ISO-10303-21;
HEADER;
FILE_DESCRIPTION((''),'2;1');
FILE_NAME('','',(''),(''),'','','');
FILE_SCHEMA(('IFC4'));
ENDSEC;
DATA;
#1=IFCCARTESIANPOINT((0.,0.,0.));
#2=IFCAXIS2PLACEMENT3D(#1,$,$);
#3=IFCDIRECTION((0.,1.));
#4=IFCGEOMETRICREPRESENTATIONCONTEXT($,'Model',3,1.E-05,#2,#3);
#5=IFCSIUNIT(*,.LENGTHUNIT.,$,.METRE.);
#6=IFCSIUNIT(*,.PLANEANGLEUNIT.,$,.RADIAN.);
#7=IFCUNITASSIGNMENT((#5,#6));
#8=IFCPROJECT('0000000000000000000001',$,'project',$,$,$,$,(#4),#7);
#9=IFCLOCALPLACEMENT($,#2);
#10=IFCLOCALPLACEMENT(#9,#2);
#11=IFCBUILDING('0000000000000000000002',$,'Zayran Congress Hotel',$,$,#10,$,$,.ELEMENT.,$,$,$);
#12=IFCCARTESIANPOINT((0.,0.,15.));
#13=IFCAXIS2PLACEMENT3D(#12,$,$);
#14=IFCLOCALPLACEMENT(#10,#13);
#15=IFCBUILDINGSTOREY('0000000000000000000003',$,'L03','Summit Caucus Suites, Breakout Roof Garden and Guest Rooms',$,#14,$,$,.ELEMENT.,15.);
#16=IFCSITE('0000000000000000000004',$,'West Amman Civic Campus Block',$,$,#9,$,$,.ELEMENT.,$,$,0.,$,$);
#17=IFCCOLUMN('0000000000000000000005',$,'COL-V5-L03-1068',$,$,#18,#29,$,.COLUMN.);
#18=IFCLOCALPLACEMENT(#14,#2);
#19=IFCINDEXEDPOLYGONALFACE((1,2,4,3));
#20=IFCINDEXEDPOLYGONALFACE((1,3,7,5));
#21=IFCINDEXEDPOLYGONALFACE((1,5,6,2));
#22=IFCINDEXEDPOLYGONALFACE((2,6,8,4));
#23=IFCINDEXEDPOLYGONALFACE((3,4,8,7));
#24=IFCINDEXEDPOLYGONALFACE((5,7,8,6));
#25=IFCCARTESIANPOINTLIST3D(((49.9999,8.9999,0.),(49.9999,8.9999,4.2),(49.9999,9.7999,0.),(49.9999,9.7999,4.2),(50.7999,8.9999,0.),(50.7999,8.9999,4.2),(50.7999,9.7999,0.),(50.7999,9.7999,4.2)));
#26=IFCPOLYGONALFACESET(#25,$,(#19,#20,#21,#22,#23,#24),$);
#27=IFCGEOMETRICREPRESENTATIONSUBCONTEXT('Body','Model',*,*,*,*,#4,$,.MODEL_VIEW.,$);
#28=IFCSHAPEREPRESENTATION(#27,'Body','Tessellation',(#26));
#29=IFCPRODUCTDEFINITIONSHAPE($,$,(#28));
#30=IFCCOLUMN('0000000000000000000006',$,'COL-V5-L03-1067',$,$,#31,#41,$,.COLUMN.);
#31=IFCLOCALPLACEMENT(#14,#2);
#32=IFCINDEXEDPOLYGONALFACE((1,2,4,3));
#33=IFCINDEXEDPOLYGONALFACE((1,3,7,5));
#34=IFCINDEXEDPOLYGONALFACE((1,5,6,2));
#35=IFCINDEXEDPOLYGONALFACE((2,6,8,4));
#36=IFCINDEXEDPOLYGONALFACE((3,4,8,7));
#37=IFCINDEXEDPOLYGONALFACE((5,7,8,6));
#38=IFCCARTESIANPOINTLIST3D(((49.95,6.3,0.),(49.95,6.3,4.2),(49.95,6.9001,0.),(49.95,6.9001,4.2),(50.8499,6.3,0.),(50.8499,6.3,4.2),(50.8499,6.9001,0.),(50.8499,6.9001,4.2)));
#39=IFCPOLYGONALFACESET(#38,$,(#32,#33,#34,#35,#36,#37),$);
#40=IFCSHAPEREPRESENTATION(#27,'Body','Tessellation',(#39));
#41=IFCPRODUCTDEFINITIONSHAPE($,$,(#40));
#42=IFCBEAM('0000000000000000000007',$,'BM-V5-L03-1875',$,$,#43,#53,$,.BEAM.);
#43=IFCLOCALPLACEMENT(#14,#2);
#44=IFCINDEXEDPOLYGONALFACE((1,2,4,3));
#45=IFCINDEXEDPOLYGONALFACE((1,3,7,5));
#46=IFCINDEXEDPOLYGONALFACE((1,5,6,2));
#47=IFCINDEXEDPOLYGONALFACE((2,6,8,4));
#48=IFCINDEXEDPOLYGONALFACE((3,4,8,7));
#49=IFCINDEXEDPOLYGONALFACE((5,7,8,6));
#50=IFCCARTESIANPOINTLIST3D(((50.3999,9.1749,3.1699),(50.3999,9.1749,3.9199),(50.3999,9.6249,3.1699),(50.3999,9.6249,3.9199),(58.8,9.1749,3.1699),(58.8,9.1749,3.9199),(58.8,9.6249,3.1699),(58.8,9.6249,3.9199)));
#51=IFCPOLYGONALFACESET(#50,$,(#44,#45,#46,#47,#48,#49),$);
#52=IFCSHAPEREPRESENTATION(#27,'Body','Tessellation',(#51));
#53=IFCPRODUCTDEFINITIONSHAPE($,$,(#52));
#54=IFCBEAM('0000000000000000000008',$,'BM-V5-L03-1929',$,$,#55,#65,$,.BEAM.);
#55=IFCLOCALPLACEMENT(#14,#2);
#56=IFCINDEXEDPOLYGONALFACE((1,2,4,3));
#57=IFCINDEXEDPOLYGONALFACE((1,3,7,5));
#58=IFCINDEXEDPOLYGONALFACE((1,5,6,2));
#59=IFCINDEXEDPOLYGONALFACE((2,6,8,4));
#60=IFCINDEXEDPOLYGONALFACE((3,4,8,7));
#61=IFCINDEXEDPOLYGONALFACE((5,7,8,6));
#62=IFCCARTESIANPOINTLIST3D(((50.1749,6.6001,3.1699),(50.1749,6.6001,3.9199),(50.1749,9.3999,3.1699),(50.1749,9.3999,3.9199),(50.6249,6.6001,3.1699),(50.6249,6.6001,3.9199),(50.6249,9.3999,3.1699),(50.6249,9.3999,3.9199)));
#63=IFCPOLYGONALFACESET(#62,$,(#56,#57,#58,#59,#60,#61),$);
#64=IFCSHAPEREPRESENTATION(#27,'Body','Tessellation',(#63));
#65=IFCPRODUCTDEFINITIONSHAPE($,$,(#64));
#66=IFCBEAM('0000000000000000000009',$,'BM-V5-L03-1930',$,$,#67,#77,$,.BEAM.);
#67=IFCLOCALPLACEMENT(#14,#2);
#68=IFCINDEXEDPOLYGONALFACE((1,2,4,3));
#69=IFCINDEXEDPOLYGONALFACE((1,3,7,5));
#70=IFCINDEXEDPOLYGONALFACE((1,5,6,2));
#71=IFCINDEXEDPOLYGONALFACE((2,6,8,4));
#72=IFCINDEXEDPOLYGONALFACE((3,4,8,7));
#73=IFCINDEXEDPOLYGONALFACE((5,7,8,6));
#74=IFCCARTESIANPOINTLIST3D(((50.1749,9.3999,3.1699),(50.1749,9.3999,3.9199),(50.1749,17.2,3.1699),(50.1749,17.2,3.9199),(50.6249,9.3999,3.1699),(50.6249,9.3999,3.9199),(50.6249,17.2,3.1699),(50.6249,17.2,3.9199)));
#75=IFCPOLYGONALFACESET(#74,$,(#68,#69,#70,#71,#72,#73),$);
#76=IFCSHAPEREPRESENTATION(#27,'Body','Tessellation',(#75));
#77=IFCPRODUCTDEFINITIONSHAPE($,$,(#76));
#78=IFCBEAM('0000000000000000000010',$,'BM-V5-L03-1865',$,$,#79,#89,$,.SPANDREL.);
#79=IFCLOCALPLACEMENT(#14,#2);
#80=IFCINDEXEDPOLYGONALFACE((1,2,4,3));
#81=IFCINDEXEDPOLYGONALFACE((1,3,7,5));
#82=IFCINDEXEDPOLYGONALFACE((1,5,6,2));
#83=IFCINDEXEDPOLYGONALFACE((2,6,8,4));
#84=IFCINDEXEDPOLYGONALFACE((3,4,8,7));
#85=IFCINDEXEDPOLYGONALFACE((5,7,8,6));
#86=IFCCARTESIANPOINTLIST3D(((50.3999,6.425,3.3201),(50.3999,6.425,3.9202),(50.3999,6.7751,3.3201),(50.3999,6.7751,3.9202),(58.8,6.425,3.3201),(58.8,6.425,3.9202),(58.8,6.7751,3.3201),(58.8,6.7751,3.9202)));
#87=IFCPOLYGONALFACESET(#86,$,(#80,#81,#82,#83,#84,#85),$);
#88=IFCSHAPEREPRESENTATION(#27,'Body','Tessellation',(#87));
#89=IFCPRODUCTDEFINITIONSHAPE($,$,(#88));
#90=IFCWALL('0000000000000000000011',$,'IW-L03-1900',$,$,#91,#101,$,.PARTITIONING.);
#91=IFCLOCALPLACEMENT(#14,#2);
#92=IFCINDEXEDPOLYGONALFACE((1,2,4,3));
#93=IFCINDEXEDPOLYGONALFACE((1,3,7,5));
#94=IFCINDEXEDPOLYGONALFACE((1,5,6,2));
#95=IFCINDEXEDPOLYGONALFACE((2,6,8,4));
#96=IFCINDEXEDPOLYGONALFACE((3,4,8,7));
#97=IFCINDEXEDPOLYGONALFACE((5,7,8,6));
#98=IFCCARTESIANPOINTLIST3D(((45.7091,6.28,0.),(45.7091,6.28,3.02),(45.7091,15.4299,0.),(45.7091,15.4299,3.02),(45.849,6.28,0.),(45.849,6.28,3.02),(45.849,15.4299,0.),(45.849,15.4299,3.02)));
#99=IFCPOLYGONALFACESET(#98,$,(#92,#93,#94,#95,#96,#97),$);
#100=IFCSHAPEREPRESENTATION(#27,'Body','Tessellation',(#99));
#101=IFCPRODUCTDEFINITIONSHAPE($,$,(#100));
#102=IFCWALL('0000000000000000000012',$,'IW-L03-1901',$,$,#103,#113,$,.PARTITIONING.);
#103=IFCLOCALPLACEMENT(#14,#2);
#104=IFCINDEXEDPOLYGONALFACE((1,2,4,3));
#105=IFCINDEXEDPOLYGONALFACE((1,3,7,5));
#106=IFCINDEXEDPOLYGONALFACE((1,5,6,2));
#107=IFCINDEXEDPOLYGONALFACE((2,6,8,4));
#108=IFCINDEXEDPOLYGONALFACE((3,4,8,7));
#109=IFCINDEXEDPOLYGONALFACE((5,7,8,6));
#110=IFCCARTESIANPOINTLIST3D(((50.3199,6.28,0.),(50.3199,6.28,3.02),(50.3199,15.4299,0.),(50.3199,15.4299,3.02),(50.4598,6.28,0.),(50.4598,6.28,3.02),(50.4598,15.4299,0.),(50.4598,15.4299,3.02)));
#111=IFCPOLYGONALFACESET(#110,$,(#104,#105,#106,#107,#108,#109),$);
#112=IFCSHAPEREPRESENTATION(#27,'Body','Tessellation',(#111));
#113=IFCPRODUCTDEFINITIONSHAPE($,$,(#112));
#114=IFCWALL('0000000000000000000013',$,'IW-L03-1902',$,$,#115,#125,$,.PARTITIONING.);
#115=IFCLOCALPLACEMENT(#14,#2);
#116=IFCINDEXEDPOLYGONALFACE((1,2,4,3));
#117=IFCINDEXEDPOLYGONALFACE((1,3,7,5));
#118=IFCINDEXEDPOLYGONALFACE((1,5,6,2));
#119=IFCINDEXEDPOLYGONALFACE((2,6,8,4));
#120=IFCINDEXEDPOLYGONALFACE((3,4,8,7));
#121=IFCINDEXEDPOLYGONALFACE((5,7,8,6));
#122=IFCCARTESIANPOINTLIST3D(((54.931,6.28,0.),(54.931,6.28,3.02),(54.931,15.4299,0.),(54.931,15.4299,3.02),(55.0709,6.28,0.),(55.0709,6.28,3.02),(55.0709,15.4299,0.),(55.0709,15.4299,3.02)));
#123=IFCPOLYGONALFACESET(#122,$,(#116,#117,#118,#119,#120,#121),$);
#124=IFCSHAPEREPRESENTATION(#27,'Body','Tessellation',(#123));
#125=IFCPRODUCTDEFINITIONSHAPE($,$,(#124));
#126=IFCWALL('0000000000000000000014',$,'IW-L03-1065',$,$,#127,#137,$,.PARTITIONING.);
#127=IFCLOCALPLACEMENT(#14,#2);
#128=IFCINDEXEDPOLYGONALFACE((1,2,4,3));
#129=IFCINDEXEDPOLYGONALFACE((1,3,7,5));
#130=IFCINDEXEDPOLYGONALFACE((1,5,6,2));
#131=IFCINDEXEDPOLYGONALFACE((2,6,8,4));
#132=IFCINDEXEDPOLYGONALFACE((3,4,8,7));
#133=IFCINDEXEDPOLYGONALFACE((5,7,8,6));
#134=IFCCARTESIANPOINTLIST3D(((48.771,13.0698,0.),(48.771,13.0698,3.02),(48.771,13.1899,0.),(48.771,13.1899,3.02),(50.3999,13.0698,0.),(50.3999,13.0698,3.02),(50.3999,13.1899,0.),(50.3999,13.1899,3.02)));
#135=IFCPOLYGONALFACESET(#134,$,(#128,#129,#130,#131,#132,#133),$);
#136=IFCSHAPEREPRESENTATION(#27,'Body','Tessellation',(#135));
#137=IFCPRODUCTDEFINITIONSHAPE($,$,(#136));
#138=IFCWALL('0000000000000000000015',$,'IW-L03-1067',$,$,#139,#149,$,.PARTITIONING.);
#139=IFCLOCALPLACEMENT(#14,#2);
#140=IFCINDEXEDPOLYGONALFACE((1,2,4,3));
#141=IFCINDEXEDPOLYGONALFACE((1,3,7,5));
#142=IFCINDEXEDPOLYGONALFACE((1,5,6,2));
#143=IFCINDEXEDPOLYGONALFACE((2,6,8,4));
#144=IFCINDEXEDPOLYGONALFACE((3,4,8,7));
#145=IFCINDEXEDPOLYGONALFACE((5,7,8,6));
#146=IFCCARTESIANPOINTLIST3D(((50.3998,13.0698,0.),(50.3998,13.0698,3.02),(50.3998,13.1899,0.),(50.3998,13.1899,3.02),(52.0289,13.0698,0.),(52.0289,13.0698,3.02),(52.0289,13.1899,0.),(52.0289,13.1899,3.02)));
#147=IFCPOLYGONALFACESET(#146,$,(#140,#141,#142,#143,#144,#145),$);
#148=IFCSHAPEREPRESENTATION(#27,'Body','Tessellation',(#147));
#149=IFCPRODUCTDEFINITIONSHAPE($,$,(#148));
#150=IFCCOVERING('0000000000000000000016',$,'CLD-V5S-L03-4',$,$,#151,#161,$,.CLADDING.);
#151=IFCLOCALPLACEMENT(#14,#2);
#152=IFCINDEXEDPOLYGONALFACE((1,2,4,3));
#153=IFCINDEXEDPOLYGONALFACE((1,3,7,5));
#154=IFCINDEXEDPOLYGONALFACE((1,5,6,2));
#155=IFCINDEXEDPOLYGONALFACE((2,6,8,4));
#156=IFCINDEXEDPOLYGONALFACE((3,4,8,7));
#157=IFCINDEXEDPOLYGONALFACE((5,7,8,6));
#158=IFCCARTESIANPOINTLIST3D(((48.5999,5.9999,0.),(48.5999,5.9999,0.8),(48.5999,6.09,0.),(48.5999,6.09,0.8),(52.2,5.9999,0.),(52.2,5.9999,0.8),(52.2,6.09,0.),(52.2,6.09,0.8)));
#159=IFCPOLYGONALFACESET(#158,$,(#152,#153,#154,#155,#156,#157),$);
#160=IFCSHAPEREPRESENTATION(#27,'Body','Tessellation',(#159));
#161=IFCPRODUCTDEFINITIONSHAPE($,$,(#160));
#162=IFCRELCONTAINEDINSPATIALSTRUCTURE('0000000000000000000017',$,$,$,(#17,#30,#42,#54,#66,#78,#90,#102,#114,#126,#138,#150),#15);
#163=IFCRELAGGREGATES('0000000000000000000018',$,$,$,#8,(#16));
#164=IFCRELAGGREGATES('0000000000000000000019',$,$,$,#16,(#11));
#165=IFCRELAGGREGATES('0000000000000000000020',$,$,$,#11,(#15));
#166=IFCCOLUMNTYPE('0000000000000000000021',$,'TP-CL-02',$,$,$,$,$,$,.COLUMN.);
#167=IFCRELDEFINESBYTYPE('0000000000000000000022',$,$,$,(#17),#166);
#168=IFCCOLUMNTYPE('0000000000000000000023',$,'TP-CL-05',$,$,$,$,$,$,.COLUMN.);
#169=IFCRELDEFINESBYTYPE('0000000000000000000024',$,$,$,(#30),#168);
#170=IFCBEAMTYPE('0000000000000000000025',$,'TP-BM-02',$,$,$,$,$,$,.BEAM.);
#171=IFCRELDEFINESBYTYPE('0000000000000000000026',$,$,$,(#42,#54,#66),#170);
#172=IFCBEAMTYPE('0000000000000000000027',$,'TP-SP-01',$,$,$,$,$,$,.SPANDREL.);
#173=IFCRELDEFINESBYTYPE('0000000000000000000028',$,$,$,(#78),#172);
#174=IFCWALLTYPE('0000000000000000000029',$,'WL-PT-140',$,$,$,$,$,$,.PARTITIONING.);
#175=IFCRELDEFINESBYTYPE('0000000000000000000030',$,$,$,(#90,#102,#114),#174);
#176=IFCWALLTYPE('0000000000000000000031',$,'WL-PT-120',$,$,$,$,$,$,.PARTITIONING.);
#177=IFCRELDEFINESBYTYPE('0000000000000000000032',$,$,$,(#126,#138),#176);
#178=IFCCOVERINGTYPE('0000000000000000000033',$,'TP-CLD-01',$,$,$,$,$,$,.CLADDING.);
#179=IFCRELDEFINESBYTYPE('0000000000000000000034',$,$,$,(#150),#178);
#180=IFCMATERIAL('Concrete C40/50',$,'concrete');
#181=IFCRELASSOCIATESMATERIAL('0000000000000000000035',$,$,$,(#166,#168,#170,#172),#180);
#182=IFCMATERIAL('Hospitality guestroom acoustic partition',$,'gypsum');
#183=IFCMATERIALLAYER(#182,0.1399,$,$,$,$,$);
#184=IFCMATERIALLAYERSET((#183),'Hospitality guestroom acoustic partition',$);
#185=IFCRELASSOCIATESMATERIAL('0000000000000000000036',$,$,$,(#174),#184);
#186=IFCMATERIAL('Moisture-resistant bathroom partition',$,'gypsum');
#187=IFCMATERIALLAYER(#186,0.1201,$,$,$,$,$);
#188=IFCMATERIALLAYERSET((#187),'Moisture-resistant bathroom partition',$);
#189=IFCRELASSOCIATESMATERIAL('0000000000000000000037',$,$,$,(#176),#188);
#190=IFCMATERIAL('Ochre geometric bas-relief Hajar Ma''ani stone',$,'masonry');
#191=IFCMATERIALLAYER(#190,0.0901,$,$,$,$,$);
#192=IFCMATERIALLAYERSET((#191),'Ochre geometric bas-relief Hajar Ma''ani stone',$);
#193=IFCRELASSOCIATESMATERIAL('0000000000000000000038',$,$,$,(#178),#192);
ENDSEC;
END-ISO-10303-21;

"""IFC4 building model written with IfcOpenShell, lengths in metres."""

from ifc_helpers import new_model, si_unit, direction, frame, frame_2d, origin, origin_2d, place, context, subcontext, project, spatial, rectangle, extrude, material, layer, layer_set, material_profile, profile_set, type_object, element, save


model = new_model("IFC4")

# Units and contexts
model_context = context("Model", 3, precision=1e-05, world=origin(), true_north=direction((0.0, 1.0)))
body_context = subcontext(model_context, "Body", "Model", "MODEL_VIEW")
ifc_project = project(units=[si_unit("LENGTHUNIT", "METRE"), si_unit("PLANEANGLEUNIT", "RADIAN")], contexts=[model_context])

# Site, building, storey
site_placement = place(None, origin())
site = spatial("IfcSite", under=ifc_project, at=site_placement, Name="West Amman Civic Campus Block", CompositionType="ELEMENT", RefElevation=0.0)
building_placement = place(site_placement, origin())
building = spatial("IfcBuilding", under=site, at=building_placement, Name="Zayran Congress Hotel", CompositionType="ELEMENT")
storey_placement = place(building_placement, frame((0.0, 0.0, 15.0)))
storey = spatial("IfcBuildingStorey", under=building, at=storey_placement, Name="L03", Description="Summit Caucus Suites, Breakout Roof Garden and Guest Rooms", CompositionType="ELEMENT", Elevation=15.0)

# Columns
ifc_material_1 = material(Name="Concrete C40/50", Category="concrete")
ifc_material_profile_1 = material_profile(ifc_material_1, rectangle(XDim=0.8, YDim=0.8, at=origin_2d()), Name="RC 800x800")
ifc_profile_set_1 = profile_set([ifc_material_profile_1], Name="Concrete C40/50")
column_type_1 = type_object("IfcColumnType", Name="TP-CL-02", PredefinedType="COLUMN", material=ifc_profile_set_1)
column_1_placement = place(storey_placement, frame((50.3999, 9.3999, 0.0), z_axis=(0.0, 0.0, 1.0), x_axis=(1.0, 0.0, 0.0)))
element("IfcColumn", 1, at=column_1_placement, inside=storey, type_object=column_type_1, Name="COL-V5-L03-1068", PredefinedType="COLUMN", context=body_context, shape_type="SweptSolid", body=[
    extrude(rectangle(XDim=0.8, YDim=0.8, at=origin_2d()), origin(), (0.0, 0.0, 1.0), 4.2),
])
ifc_material_profile_2 = material_profile(ifc_material_1, rectangle(XDim=0.6001, YDim=0.8999, at=origin_2d()), Name="RC 900x600")
ifc_profile_set_2 = profile_set([ifc_material_profile_2], Name="Concrete C40/50")
column_type_2 = type_object("IfcColumnType", Name="TP-CL-05", PredefinedType="COLUMN", material=ifc_profile_set_2)
column_2_placement = place(storey_placement, frame((50.3999, 6.6001, 0.0), z_axis=(0.0, 0.0, 1.0), x_axis=(0.0, 1.0, 0.0)))
element("IfcColumn", 2, at=column_2_placement, inside=storey, type_object=column_type_2, Name="COL-V5-L03-1067", PredefinedType="COLUMN", context=body_context, shape_type="SweptSolid", body=[
    extrude(rectangle(XDim=0.6001, YDim=0.8999, at=origin_2d()), origin(), (0.0, 0.0, 1.0), 4.2),
])

# Beams
ifc_material_profile_3 = material_profile(ifc_material_1, rectangle(XDim=0.45, YDim=0.75, at=origin_2d()), Name="RC 450x750")
ifc_profile_set_3 = profile_set([ifc_material_profile_3], Name="Concrete C40/50")
beam_type_1 = type_object("IfcBeamType", Name="TP-BM-02", PredefinedType="BEAM", material=ifc_profile_set_3)
beam_1_placement = place(storey_placement, frame((50.3999, 9.3999, 3.5449), z_axis=(1.0, 0.0, 0.0), x_axis=(0.0, 1.0, 0.0)))
element("IfcBeam", 3, at=beam_1_placement, inside=storey, type_object=beam_type_1, Name="BM-V5-L03-1875", PredefinedType="BEAM", context=body_context, shape_type="SweptSolid", body=[
    extrude(rectangle(XDim=0.45, YDim=0.75, at=origin_2d()), origin(), (0.0, 0.0, 1.0), 8.4001),
])
beam_2_placement = place(storey_placement, frame((50.3999, 6.6001, 3.5449), z_axis=(0.0, 1.0, 0.0), x_axis=(-1.0, 0.0, 0.0)))
element("IfcBeam", 4, at=beam_2_placement, inside=storey, type_object=beam_type_1, Name="BM-V5-L03-1929", PredefinedType="BEAM", context=body_context, shape_type="SweptSolid", body=[
    extrude(rectangle(XDim=0.45, YDim=0.75, at=origin_2d()), origin(), (0.0, 0.0, 1.0), 2.7998),
])
beam_3_placement = place(storey_placement, frame((50.3999, 9.3999, 3.5449), z_axis=(0.0, 1.0, 0.0), x_axis=(-1.0, 0.0, 0.0)))
element("IfcBeam", 5, at=beam_3_placement, inside=storey, type_object=beam_type_1, Name="BM-V5-L03-1930", PredefinedType="BEAM", context=body_context, shape_type="SweptSolid", body=[
    extrude(rectangle(XDim=0.45, YDim=0.75, at=origin_2d()), origin(), (0.0, 0.0, 1.0), 7.8),
])
ifc_material_profile_4 = material_profile(ifc_material_1, rectangle(XDim=0.3501, YDim=0.6001, at=origin_2d()), Name="RC 350x600")
ifc_profile_set_4 = profile_set([ifc_material_profile_4], Name="Concrete C40/50")
beam_type_2 = type_object("IfcBeamType", Name="TP-SP-01", PredefinedType="SPANDREL", material=ifc_profile_set_4)
beam_4_placement = place(storey_placement, frame((50.3999, 6.6001, 3.6201), z_axis=(1.0, 0.0, 0.0), x_axis=(0.0, 1.0, 0.0)))
element("IfcBeam", 6, at=beam_4_placement, inside=storey, type_object=beam_type_2, Name="BM-V5-L03-1865", PredefinedType="SPANDREL", context=body_context, shape_type="SweptSolid", body=[
    extrude(rectangle(XDim=0.3501, YDim=0.6001, at=origin_2d()), origin(), (0.0, 0.0, 1.0), 8.4001),
])

# Walls
ifc_material_2 = material(Name="Hospitality guestroom acoustic partition", Category="gypsum")
ifc_layer_1 = layer(ifc_material_2, 0.1399)
ifc_layer_set_1 = layer_set([ifc_layer_1], Name="Hospitality guestroom acoustic partition")
wall_type_1 = type_object("IfcWallType", Name="WL-PT-140", PredefinedType="PARTITIONING", material=ifc_layer_set_1)
for number, where, z_axis, x_axis, name in (
    (7, (45.7791, 6.28, 0.0), (0.0, 0.0, 1.0), (0.0, 1.0, 0.0), "IW-L03-1900"),
    (8, (50.3899, 6.28, 0.0), (0.0, 0.0, 1.0), (0.0, 1.0, 0.0), "IW-L03-1901"),
    (9, (55.001, 6.28, 0.0), (0.0, 0.0, 1.0), (0.0, 1.0, 0.0), "IW-L03-1902"),
):
    element("IfcWall", number, at=place(storey_placement, frame(where, z_axis=z_axis, x_axis=x_axis)), inside=storey, type_object=wall_type_1, Name=name, PredefinedType="PARTITIONING", context=body_context, shape_type="SweptSolid", body=[
        extrude(rectangle(XDim=9.1499, YDim=0.1399, at=frame_2d((4.575, 0.0))), origin(), (0.0, 0.0, 1.0), 3.02),
    ])

# Shared definitions
ifc_material_3 = material(Name="Moisture-resistant bathroom partition", Category="gypsum")
ifc_layer_2 = layer(ifc_material_3, 0.1201)
ifc_layer_set_2 = layer_set([ifc_layer_2], Name="Moisture-resistant bathroom partition")
wall_type_2 = type_object("IfcWallType", Name="WL-PT-120", PredefinedType="PARTITIONING", material=ifc_layer_set_2)

# Walls
wall_1_placement = place(storey_placement, frame((48.771, 13.1299, 0.0), z_axis=(0.0, 0.0, 1.0), x_axis=(1.0, 0.0, 0.0)))
element("IfcWall", 10, at=wall_1_placement, inside=storey, type_object=wall_type_2, Name="IW-L03-1065", PredefinedType="PARTITIONING", context=body_context, shape_type="SweptSolid", body=[
    extrude(rectangle(XDim=1.6289, YDim=0.1201, at=frame_2d((0.8145, 0.0))), origin(), (0.0, 0.0, 1.0), 3.02),
])
wall_2_placement = place(storey_placement, frame((50.3999, 13.1299, 0.0), z_axis=(0.0, 0.0, 1.0), x_axis=(1.0, 0.0, 0.0)))
element("IfcWall", 11, at=wall_2_placement, inside=storey, type_object=wall_type_2, Name="IW-L03-1067", PredefinedType="PARTITIONING", context=body_context, shape_type="SweptSolid", body=[
    extrude(rectangle(XDim=1.6292, YDim=0.1201, at=frame_2d((0.8145, 0.0))), origin(), (0.0, 0.0, 1.0), 3.02),
])

# Covering
ifc_material_4 = material(Name="Ochre geometric bas-relief Hajar Ma'ani stone", Category="masonry")
ifc_layer_3 = layer(ifc_material_4, 0.0901)
ifc_layer_set_3 = layer_set([ifc_layer_3], Name="Ochre geometric bas-relief Hajar Ma'ani stone")
covering_type = type_object("IfcCoveringType", Name="TP-CLD-01", PredefinedType="CLADDING", material=ifc_layer_set_3)
covering_placement = place(storey_placement, frame((50.3999, 6.0449, 0.0), z_axis=(0.0, 0.0, 1.0), x_axis=(1.0, 0.0, 0.0)))
element("IfcCovering", 12, at=covering_placement, inside=storey, type_object=covering_type, Name="CLD-V5S-L03-4", PredefinedType="CLADDING", context=body_context, shape_type="SweptSolid", body=[
    extrude(rectangle(XDim=3.6001, YDim=0.0901, at=origin_2d()), origin(), (0.0, 0.0, 1.0), 0.8),
])

save(model, "model.ifc")
